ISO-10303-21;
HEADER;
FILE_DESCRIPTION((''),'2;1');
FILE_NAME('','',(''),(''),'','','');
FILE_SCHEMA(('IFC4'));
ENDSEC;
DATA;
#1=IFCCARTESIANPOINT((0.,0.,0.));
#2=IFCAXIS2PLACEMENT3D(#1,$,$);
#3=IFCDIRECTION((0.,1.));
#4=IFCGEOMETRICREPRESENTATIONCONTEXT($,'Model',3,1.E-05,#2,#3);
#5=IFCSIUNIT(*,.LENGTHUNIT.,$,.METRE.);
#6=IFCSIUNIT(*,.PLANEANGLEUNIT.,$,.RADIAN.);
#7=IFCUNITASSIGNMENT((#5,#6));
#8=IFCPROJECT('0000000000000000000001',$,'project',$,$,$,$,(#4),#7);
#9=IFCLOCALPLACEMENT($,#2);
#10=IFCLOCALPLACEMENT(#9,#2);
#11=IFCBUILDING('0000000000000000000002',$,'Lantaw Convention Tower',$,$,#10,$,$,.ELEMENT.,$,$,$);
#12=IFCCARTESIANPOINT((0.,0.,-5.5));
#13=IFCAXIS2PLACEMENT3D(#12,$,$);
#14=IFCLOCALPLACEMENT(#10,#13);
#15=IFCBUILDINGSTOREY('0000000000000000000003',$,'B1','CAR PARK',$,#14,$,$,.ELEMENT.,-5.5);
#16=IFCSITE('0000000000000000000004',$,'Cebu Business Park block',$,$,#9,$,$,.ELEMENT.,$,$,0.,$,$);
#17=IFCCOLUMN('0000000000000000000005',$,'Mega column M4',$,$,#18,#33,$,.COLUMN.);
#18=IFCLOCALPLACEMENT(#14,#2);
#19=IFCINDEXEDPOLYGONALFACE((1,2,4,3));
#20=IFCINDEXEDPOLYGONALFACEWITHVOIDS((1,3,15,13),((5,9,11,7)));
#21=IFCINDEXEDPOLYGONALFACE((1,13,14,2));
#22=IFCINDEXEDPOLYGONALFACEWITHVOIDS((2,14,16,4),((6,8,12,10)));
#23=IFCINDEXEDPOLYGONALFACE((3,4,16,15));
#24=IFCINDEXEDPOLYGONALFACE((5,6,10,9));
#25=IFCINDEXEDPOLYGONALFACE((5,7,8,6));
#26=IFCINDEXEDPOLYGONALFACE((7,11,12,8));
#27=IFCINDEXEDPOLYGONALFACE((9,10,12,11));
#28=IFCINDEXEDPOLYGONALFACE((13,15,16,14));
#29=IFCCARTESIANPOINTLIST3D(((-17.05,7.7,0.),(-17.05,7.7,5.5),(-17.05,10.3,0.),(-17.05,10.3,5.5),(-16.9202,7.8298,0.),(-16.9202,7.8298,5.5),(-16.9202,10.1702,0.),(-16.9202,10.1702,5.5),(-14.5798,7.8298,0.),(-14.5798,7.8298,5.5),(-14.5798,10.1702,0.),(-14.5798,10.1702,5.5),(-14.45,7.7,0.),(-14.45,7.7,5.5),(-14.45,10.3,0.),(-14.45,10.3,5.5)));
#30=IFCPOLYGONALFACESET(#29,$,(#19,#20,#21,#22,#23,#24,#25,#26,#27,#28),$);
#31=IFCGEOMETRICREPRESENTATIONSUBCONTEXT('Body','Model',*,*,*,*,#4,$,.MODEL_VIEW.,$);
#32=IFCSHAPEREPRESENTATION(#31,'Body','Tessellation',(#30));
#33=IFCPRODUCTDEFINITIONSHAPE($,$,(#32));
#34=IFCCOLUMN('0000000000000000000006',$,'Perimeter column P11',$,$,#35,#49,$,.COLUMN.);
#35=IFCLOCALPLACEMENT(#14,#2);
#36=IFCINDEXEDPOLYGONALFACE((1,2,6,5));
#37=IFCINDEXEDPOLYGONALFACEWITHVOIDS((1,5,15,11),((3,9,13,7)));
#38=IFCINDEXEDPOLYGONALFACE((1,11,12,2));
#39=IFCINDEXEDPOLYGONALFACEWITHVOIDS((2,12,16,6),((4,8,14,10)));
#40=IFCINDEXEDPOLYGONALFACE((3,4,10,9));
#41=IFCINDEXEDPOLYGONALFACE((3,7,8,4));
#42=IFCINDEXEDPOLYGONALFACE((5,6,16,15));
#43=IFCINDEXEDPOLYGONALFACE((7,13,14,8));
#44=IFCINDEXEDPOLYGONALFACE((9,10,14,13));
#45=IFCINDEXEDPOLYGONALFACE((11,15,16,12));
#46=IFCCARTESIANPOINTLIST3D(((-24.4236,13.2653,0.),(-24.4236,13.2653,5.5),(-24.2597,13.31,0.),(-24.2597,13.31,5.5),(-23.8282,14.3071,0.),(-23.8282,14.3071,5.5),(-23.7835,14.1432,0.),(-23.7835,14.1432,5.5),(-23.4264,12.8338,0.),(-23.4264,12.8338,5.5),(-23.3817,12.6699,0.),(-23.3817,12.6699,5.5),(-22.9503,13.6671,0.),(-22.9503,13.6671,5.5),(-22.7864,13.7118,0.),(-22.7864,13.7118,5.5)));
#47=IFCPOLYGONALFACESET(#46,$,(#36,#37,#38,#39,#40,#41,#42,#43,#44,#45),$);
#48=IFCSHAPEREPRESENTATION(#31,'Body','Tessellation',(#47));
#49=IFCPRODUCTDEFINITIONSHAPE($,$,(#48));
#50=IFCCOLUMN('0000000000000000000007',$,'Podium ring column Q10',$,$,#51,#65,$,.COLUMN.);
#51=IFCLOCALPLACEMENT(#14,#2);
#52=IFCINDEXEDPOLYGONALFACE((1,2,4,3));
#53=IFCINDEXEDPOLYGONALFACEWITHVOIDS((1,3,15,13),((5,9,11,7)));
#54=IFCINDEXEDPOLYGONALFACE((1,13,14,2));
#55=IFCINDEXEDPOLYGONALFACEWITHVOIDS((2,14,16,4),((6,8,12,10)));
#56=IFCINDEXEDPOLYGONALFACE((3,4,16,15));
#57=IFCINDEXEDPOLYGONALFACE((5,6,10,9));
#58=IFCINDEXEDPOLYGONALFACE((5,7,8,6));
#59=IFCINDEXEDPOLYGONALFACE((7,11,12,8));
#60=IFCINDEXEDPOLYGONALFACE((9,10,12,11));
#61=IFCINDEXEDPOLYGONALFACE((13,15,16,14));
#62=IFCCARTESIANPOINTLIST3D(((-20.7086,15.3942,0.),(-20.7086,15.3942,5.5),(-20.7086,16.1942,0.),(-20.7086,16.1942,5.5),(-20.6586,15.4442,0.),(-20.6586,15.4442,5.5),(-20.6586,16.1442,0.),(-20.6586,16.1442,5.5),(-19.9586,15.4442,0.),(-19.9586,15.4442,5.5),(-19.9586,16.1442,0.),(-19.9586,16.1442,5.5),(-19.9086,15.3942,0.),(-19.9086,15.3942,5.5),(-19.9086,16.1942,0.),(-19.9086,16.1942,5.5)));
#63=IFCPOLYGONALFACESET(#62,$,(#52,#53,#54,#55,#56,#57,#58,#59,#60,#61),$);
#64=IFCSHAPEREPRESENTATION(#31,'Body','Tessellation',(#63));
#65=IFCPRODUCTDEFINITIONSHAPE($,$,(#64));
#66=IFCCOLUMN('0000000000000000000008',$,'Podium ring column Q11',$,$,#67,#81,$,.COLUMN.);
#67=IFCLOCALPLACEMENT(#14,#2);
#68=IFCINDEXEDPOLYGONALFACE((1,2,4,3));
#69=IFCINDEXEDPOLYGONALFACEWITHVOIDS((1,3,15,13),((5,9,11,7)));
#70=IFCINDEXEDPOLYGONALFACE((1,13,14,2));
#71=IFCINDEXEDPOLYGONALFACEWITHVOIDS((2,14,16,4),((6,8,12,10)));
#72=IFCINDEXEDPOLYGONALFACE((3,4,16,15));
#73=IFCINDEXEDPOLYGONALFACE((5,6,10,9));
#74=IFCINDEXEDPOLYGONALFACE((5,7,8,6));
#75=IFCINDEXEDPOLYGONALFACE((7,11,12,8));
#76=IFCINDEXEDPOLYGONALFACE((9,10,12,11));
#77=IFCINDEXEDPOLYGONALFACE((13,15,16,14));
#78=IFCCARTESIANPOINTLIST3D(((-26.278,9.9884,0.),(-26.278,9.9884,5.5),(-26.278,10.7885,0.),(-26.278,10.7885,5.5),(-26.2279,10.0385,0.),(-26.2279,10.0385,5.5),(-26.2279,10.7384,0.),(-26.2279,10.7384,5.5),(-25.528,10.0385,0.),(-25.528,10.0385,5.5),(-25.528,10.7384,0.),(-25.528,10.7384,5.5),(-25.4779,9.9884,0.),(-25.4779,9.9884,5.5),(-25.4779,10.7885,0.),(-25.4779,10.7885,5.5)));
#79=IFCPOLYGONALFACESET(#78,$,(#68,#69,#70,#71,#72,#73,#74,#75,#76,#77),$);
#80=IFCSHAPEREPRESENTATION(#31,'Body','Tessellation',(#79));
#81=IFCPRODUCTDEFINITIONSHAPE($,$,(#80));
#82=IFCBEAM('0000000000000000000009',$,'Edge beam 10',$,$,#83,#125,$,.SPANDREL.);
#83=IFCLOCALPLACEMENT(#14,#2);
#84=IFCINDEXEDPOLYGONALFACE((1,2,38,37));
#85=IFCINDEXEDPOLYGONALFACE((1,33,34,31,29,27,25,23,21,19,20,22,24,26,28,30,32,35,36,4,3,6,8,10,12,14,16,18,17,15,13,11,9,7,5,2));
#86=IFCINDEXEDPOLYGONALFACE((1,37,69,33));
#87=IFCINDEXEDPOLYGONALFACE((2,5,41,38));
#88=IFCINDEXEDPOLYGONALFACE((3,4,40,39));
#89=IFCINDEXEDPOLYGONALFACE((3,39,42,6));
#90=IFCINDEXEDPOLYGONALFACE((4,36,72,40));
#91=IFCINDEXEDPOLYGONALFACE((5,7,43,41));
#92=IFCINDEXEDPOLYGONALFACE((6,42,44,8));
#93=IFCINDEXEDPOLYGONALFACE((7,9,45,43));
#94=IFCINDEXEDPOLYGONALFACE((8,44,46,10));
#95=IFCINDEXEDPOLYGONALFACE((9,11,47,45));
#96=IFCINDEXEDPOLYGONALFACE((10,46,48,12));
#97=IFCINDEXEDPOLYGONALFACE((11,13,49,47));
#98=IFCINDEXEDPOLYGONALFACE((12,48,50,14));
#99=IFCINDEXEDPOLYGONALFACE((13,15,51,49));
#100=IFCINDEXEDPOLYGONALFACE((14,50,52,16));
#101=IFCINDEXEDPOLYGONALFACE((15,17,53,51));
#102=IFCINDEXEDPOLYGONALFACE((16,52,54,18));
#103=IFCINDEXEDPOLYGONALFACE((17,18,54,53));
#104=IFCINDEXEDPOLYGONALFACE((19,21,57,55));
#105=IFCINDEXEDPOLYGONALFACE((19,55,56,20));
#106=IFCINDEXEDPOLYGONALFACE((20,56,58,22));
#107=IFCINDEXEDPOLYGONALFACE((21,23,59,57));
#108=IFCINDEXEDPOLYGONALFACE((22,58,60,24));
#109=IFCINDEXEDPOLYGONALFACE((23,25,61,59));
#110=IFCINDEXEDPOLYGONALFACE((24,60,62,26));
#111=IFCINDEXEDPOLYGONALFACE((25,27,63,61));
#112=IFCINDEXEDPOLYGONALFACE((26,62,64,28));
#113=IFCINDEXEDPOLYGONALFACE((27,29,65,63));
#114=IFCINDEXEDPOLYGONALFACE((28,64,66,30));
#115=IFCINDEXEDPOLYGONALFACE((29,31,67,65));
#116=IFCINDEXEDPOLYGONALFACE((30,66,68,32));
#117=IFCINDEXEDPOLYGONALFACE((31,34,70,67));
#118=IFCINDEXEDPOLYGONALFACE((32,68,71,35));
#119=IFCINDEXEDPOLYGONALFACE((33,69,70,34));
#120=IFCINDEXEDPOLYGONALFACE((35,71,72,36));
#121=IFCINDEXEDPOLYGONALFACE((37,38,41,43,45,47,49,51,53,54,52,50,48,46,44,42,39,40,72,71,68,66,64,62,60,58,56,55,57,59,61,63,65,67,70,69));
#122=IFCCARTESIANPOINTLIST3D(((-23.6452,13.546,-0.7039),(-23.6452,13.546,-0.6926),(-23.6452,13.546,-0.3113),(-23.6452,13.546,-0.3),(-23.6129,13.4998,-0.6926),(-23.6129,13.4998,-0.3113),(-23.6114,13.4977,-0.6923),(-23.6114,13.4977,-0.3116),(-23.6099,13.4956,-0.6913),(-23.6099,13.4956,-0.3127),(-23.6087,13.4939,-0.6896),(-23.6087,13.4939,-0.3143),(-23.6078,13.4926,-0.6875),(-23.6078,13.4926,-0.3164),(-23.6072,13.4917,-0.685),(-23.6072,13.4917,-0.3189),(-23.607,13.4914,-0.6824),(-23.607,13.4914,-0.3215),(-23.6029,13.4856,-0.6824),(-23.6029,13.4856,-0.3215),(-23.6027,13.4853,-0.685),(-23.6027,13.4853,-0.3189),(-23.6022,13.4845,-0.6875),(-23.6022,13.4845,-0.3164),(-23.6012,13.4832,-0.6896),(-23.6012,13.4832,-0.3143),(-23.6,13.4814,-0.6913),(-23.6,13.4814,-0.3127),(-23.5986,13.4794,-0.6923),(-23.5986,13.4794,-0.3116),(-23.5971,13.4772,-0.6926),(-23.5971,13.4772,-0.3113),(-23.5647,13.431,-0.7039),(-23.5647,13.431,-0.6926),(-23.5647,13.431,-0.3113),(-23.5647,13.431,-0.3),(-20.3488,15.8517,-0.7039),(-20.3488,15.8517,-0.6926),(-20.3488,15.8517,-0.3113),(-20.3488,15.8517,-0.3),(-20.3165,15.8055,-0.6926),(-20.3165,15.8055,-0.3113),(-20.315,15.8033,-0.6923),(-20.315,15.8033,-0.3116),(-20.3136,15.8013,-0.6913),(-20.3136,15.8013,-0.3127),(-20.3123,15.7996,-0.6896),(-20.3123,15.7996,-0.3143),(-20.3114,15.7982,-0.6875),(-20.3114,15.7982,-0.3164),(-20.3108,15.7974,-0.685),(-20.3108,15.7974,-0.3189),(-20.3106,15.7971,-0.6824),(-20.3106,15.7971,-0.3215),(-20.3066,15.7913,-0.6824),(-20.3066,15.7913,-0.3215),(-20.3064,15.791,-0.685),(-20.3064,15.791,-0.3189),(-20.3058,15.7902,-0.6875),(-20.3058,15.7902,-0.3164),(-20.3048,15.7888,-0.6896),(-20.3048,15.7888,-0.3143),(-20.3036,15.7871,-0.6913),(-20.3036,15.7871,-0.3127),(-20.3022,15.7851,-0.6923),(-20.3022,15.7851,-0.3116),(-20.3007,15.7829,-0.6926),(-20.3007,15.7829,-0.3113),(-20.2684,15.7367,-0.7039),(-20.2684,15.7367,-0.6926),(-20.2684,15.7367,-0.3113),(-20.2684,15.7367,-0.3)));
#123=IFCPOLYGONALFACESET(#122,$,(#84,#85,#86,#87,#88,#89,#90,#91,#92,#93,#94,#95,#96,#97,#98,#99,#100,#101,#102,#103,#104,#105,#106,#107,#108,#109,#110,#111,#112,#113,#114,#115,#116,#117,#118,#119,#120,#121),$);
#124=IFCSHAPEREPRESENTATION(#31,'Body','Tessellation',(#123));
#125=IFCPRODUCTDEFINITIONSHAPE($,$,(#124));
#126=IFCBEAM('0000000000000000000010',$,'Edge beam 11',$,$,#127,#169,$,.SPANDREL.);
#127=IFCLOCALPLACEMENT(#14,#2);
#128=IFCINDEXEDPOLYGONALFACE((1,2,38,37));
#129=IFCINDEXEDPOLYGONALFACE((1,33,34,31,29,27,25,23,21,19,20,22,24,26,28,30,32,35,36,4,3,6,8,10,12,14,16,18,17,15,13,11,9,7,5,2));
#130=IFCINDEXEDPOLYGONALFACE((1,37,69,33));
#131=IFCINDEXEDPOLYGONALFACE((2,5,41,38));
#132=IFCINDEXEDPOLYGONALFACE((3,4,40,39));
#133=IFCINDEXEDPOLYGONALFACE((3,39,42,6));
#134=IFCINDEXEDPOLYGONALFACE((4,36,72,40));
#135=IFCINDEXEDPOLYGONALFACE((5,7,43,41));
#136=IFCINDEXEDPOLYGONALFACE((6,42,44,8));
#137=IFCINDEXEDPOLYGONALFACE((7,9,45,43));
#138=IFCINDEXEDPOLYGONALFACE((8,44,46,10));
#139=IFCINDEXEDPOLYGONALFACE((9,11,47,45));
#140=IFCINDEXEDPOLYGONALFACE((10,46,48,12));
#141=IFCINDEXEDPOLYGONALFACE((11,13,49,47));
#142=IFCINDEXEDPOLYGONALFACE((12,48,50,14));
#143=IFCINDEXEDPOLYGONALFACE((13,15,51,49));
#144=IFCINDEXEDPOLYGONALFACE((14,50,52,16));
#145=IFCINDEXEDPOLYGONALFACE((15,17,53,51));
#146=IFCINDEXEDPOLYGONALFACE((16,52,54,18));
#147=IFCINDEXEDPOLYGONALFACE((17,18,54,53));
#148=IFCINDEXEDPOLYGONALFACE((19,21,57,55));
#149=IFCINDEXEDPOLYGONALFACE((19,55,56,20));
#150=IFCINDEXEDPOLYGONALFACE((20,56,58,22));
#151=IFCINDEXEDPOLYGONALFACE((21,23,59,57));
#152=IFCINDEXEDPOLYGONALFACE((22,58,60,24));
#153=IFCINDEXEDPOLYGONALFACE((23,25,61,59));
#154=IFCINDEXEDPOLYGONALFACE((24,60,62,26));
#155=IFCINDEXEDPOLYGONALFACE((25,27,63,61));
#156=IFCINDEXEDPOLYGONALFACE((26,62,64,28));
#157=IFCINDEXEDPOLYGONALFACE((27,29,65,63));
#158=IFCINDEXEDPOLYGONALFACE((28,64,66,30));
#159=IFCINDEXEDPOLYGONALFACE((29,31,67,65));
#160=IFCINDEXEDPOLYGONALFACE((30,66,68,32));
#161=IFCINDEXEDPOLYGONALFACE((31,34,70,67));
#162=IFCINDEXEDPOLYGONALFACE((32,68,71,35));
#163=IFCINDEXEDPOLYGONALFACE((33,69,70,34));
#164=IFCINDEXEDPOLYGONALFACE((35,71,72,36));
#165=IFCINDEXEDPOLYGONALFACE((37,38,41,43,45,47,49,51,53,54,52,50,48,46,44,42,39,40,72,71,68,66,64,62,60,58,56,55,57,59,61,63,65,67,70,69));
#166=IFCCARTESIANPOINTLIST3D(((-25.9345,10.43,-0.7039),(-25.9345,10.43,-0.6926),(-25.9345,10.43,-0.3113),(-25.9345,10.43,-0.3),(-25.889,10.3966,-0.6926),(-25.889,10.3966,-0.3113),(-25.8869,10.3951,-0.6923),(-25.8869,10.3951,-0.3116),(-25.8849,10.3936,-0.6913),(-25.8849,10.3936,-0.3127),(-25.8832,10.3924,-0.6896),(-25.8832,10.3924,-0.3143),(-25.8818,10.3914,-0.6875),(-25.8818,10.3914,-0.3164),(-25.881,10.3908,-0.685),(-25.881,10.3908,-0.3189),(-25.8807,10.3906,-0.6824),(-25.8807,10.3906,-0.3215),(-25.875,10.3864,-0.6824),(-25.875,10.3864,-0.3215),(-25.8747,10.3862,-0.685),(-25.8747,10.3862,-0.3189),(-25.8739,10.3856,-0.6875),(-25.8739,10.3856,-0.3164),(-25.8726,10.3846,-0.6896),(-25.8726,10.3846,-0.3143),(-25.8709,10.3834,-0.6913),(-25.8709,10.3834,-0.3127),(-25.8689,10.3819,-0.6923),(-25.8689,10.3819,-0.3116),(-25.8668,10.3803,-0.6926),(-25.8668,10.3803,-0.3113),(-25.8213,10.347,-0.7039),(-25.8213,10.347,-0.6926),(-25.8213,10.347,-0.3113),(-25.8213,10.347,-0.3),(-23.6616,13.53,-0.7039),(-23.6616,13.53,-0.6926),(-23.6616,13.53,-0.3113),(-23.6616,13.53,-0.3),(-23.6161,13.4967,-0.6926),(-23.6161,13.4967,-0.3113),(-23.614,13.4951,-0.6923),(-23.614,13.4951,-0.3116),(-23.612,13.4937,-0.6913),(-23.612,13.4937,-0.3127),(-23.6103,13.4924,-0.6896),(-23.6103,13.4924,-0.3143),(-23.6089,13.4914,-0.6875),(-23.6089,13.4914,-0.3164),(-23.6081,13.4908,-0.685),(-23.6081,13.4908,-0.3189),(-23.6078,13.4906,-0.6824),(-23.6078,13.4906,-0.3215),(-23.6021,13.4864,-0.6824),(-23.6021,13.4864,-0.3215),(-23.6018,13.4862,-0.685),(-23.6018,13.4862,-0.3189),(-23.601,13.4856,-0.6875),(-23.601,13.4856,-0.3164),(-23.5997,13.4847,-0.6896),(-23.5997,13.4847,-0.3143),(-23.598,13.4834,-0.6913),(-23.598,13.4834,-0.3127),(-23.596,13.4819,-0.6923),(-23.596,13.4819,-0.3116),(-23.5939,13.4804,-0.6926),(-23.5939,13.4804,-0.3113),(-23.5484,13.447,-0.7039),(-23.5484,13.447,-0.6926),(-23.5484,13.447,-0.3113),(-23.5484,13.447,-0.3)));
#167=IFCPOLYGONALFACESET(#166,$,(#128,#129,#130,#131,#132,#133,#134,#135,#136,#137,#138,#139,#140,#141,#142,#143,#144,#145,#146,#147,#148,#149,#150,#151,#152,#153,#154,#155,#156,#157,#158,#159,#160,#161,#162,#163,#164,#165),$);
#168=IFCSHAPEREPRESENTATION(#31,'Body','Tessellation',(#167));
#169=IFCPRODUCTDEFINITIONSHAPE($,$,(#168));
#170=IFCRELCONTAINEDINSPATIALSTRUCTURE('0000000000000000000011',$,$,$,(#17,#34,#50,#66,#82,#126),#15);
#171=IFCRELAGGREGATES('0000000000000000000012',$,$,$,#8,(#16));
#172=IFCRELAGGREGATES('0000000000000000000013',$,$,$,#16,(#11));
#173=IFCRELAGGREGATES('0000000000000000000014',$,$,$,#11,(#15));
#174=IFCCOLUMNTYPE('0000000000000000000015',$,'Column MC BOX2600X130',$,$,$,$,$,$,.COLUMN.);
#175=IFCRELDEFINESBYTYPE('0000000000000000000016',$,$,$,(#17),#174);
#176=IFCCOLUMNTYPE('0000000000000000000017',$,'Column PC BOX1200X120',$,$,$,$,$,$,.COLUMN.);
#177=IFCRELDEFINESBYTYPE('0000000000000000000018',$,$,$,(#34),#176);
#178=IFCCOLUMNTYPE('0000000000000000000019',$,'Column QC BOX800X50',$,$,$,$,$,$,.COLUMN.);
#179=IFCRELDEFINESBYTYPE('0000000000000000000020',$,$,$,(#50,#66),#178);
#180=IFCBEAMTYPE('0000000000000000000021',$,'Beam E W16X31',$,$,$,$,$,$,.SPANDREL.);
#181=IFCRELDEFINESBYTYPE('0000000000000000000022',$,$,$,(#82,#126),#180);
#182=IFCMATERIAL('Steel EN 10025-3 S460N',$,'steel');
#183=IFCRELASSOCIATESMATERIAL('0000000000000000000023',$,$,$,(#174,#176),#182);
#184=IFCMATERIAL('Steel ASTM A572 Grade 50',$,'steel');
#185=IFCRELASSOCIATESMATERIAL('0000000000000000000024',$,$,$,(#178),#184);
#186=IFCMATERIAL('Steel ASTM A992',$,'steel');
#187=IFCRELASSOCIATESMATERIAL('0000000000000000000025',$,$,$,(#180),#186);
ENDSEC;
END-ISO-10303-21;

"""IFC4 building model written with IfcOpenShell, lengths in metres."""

from ifc_helpers import new_model, si_unit, direction, frame, origin, origin_2d, place, context, subcontext, project, spatial, rectangle, hollow_rectangle, i_section, extrude, material, material_profile, profile_set, type_object, element, save


model = new_model("IFC4")

# Units and contexts
model_context = context("Model", 3, precision=1e-05, world=origin(), true_north=direction((0.0, 1.0)))
body_context = subcontext(model_context, "Body", "Model", "MODEL_VIEW")
ifc_project = project(units=[si_unit("LENGTHUNIT", "METRE"), si_unit("PLANEANGLEUNIT", "RADIAN")], contexts=[model_context])

# Site, building, storey
site_placement = place(None, origin())
site = spatial("IfcSite", under=ifc_project, at=site_placement, Name="Cebu Business Park block", CompositionType="ELEMENT", RefElevation=0.0)
building_placement = place(site_placement, origin())
building = spatial("IfcBuilding", under=site, at=building_placement, Name="Lantaw Convention Tower", CompositionType="ELEMENT")
storey_placement = place(building_placement, frame((0.0, 0.0, -5.5)))
storey = spatial("IfcBuildingStorey", under=building, at=storey_placement, Name="B1", Description="CAR PARK", CompositionType="ELEMENT", Elevation=-5.5)

# Columns
ifc_material_1 = material(Name="Steel EN 10025-3 S460N", Category="steel")
ifc_material_profile_1 = material_profile(ifc_material_1, hollow_rectangle(XDim=2.6001, YDim=2.6001, WallThickness=0.1299, at=origin_2d()), Name="BOX2600X130")
ifc_material_2 = material(Name="Concrete C60/75", Category="concrete")
ifc_material_profile_2 = material_profile(ifc_material_2, rectangle(XDim=2.3401, YDim=2.3401, at=origin_2d()), Name="Concrete fill of BOX2600X130")
ifc_profile_set_1 = profile_set([ifc_material_profile_1, ifc_material_profile_2], Name="Steel EN 10025-3 S460N")
column_type_1 = type_object("IfcColumnType", Name="Column MC BOX2600X130", PredefinedType="COLUMN", material=ifc_profile_set_1)
column_1_placement = place(storey_placement, frame((-15.75, 9.0, 0.0), z_axis=(0.0, 0.0, 1.0), x_axis=(1.0, 0.0, 0.0)))
element("IfcColumn", 1, at=column_1_placement, inside=storey, type_object=column_type_1, Name="Mega column M4", PredefinedType="COLUMN", context=body_context, shape_type="SweptSolid", body=[
    extrude(hollow_rectangle(XDim=2.6001, YDim=2.6001, WallThickness=0.1299, at=origin_2d()), origin(), (0.0, 0.0, 1.0), 5.5),
])
ifc_material_profile_3 = material_profile(ifc_material_1, hollow_rectangle(XDim=1.2, YDim=1.2, WallThickness=0.1201, at=origin_2d()), Name="BOX1200X120")
ifc_material_profile_4 = material_profile(ifc_material_2, rectangle(XDim=0.96, YDim=0.96, at=origin_2d()), Name="Concrete fill of BOX1200X120")
ifc_profile_set_2 = profile_set([ifc_material_profile_3, ifc_material_profile_4], Name="Steel EN 10025-3 S460N")
column_type_2 = type_object("IfcColumnType", Name="Column PC BOX1200X120", PredefinedType="COLUMN", material=ifc_profile_set_2)
column_2_placement = place(storey_placement, frame((-23.605, 13.4885, 0.0), z_axis=(0.0, 0.0, 1.0), x_axis=(0.496139, 0.868243, 0.0)))
element("IfcColumn", 2, at=column_2_placement, inside=storey, type_object=column_type_2, Name="Perimeter column P11", PredefinedType="COLUMN", context=body_context, shape_type="SweptSolid", body=[
    extrude(hollow_rectangle(XDim=1.2, YDim=1.2, WallThickness=0.1201, at=origin_2d()), origin(), (0.0, 0.0, 1.0), 5.5),
])
ifc_material_3 = material(Name="Steel ASTM A572 Grade 50", Category="steel")
ifc_material_profile_5 = material_profile(ifc_material_3, hollow_rectangle(XDim=0.8, YDim=0.8, WallThickness=0.05, at=origin_2d()), Name="BOX800X50")
ifc_profile_set_3 = profile_set([ifc_material_profile_5], Name="Steel ASTM A572 Grade 50")
column_type_3 = type_object("IfcColumnType", Name="Column QC BOX800X50", PredefinedType="COLUMN", material=ifc_profile_set_3)
for number, where, z_axis, x_axis, name in (
    (3, (-20.3086, 15.7942, 0.0), (0.0, 0.0, 1.0), (1.0, 0.0, 0.0), "Podium ring column Q10"),
    (4, (-25.8779, 10.3884, 0.0), (0.0, 0.0, 1.0), (1.0, 0.0, 0.0), "Podium ring column Q11"),
):
    element("IfcColumn", number, at=place(storey_placement, frame(where, z_axis=z_axis, x_axis=x_axis)), inside=storey, type_object=column_type_3, Name=name, PredefinedType="COLUMN", context=body_context, shape_type="SweptSolid", body=[
        extrude(hollow_rectangle(XDim=0.8, YDim=0.8, WallThickness=0.05, at=origin_2d()), origin(), (0.0, 0.0, 1.0), 5.5),
    ])

# Beams
ifc_material_4 = material(Name="Steel ASTM A992", Category="steel")
ifc_material_profile_6 = material_profile(ifc_material_4, i_section(OverallWidth=0.1404, OverallDepth=0.4038, WebThickness=0.0071, FlangeThickness=0.0112, FilletRadius=0.0103, at=origin_2d()), Name="W16X31")
ifc_profile_set_4 = profile_set([ifc_material_profile_6], Name="Steel ASTM A992")
beam_type_1 = type_object("IfcBeamType", Name="Beam E W16X31", PredefinedType="SPANDREL", material=ifc_profile_set_4)
beam_1_placement = place(storey_placement, frame((-20.3086, 15.7942, -0.502), z_axis=(-0.819443, -0.573161, 0.0), x_axis=(0.573161, -0.819443, 0.0)))
element("IfcBeam", 5, at=beam_1_placement, inside=storey, type_object=beam_type_1, Name="Edge beam 10", PredefinedType="SPANDREL", context=body_context, shape_type="SweptSolid", body=[
    extrude(i_section(OverallWidth=0.1404, OverallDepth=0.4038, WebThickness=0.0071, FlangeThickness=0.0112, FilletRadius=0.0103, at=origin_2d()), origin(), (0.0, 0.0, 1.0), 4.0227),
])
beam_2_placement = place(storey_placement, frame((-23.605, 13.4885, -0.502), z_axis=(-0.591287, -0.806462, 0.0), x_axis=(0.806462, -0.591287, 0.0)))
element("IfcBeam", 6, at=beam_2_placement, inside=storey, type_object=beam_type_1, Name="Edge beam 11", PredefinedType="SPANDREL", context=body_context, shape_type="SweptSolid", body=[
    extrude(i_section(OverallWidth=0.1404, OverallDepth=0.4038, WebThickness=0.0071, FlangeThickness=0.0112, FilletRadius=0.0103, at=origin_2d()), origin(), (0.0, 0.0, 1.0), 3.844),
])

save(model, "model.ifc")
